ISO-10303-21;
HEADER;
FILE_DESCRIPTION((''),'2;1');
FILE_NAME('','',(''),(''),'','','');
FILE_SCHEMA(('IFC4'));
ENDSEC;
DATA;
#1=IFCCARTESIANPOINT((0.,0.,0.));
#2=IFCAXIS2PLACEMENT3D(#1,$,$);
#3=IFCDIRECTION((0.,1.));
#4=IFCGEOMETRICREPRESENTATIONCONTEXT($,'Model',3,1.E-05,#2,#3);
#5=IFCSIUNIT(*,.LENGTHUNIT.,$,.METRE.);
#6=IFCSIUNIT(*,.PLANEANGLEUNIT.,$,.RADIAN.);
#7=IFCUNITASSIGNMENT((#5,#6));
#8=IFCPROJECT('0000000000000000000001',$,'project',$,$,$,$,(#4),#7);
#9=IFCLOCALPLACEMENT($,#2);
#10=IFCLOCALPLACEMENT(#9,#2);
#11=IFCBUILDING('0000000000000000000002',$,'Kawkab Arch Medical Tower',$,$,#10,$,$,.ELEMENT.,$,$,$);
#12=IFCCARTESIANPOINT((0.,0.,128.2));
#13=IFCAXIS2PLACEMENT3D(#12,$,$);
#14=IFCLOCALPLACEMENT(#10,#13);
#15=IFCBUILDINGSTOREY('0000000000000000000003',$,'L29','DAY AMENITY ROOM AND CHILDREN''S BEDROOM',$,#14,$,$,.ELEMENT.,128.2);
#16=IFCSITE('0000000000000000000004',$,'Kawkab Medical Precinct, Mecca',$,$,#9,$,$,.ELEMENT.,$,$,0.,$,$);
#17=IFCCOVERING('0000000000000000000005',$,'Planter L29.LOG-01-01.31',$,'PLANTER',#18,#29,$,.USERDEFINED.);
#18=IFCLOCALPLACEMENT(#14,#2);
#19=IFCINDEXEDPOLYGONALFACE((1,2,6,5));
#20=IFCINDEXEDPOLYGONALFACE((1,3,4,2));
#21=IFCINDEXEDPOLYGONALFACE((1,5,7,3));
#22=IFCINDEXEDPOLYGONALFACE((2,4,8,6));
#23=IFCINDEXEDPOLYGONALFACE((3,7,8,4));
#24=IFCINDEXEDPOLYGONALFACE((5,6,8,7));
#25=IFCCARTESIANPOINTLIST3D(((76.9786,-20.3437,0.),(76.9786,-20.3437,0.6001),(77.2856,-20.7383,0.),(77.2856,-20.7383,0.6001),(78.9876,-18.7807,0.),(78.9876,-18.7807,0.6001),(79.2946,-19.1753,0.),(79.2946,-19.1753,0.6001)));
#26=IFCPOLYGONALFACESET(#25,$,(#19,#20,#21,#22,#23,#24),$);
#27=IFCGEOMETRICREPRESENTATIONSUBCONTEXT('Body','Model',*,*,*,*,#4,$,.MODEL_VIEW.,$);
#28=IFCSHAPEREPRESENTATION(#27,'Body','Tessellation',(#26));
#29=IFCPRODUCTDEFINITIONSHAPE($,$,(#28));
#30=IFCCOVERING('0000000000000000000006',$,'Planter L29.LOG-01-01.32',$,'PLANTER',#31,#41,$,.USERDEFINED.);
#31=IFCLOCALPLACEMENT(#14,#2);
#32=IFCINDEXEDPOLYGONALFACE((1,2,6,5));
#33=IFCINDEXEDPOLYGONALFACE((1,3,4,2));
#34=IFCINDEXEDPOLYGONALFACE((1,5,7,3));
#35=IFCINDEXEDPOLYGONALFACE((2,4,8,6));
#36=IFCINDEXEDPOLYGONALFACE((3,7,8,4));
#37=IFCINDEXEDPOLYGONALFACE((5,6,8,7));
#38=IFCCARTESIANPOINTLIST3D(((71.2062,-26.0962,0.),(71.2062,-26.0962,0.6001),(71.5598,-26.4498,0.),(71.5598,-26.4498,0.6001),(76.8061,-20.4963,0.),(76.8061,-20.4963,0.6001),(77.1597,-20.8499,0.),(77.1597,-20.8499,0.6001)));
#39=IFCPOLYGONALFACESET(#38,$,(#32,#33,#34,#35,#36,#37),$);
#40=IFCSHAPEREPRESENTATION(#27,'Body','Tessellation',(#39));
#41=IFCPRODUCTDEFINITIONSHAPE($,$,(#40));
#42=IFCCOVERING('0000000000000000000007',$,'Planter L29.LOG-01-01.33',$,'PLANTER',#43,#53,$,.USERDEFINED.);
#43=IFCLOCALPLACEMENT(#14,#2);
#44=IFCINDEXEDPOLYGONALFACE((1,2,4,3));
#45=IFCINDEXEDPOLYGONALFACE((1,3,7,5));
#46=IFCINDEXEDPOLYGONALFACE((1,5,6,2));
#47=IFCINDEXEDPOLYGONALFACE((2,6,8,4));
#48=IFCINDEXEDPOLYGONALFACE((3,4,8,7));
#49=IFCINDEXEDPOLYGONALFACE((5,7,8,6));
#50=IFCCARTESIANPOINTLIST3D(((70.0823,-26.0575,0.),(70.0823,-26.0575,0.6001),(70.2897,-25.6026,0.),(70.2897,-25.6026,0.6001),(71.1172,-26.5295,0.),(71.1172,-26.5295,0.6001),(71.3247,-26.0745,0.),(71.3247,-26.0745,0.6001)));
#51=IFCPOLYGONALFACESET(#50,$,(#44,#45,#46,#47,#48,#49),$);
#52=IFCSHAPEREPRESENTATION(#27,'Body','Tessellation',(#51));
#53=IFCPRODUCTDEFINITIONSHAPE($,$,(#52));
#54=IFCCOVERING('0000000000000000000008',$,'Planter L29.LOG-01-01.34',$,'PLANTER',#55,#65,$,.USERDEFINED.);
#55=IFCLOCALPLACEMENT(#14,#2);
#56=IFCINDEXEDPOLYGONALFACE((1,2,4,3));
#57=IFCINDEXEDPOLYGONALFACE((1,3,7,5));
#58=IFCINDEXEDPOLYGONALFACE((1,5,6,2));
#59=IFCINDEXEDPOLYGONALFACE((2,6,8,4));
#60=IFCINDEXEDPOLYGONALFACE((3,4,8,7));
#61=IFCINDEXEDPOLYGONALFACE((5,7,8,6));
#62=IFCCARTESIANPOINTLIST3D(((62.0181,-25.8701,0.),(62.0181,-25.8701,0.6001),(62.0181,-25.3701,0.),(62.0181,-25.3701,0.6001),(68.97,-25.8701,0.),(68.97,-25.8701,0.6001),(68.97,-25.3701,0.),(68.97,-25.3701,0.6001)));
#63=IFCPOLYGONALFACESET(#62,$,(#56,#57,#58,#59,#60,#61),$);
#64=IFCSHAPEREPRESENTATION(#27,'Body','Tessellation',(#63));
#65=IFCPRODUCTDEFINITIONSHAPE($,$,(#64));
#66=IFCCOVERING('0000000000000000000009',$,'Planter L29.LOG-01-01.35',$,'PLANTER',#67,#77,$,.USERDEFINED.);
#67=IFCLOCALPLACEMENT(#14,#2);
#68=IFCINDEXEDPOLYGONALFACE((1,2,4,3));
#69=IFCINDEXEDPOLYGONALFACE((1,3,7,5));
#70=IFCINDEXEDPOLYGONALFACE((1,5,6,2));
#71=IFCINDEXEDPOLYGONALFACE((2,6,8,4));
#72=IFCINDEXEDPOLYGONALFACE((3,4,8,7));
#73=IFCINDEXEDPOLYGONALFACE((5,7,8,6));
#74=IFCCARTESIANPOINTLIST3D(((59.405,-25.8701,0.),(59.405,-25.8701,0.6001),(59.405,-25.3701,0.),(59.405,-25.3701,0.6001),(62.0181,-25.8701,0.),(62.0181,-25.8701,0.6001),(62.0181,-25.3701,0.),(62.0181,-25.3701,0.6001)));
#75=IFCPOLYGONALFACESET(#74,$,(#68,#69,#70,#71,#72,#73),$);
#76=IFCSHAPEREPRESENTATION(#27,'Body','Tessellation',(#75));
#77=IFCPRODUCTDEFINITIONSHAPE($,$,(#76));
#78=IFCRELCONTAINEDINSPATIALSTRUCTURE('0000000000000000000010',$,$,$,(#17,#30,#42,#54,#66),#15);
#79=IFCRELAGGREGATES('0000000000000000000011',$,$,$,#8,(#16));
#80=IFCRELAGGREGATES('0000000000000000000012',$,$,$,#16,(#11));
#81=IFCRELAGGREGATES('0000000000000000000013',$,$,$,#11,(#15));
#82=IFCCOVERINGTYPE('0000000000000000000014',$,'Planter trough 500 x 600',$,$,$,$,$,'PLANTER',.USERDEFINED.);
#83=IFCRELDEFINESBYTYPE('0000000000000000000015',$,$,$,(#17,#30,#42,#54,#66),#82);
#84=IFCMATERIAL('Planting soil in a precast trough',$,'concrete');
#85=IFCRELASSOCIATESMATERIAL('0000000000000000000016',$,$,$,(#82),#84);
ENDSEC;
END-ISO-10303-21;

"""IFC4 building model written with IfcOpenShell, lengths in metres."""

from ifc_helpers import new_model, si_unit, direction, frame, origin, origin_2d, place, context, subcontext, project, spatial, rectangle, extrude, material, material_profile, profile_set, type_object, element, save


model = new_model("IFC4")

# Units and contexts
model_context = context("Model", 3, precision=1e-05, world=origin(), true_north=direction((0.0, 1.0)))
body_context = subcontext(model_context, "Body", "Model", "MODEL_VIEW")
ifc_project = project(units=[si_unit("LENGTHUNIT", "METRE"), si_unit("PLANEANGLEUNIT", "RADIAN")], contexts=[model_context])

# Site, building, storey
site_placement = place(None, origin())
site = spatial("IfcSite", under=ifc_project, at=site_placement, Name="Kawkab Medical Precinct, Mecca", CompositionType="ELEMENT", RefElevation=0.0)
building_placement = place(site_placement, origin())
building = spatial("IfcBuilding", under=site, at=building_placement, Name="Kawkab Arch Medical Tower", CompositionType="ELEMENT")
storey_placement = place(building_placement, frame((0.0, 0.0, 128.2)))
storey = spatial("IfcBuildingStorey", under=building, at=storey_placement, Name="L29", Description="DAY AMENITY ROOM AND CHILDREN'S BEDROOM", CompositionType="ELEMENT", Elevation=128.2)

# Coverings
ifc_material_1 = material(Name="Planting soil in a precast trough", Category="concrete")
ifc_material_profile_1 = material_profile(ifc_material_1, rectangle(XDim=0.5, YDim=0.6001, at=origin_2d()), Name="Trough 500x600")
ifc_profile_set_1 = profile_set([ifc_material_profile_1], Name="Planting soil in a precast trough")
covering_type_1 = type_object("IfcCoveringType", Name="Planter trough 500 x 600", ElementType="PLANTER", PredefinedType="USERDEFINED", material=ifc_profile_set_1)
covering_1_placement = place(storey_placement, frame((79.1411, -18.978, 0.3), z_axis=(-0.789275, -0.61404, 0.0), x_axis=(0.61404, -0.789275, 0.0)))
element("IfcCovering", 1, at=covering_1_placement, inside=storey, type_object=covering_type_1, Name="Planter L29.LOG-01-01.31", ObjectType="PLANTER", PredefinedType="USERDEFINED", context=body_context, shape_type="SweptSolid", body=[
    extrude(rectangle(XDim=0.5, YDim=0.6001, at=origin_2d()), origin(), (0.0, 0.0, 1.0), 2.5454),
])
covering_2_placement = place(storey_placement, frame((76.9829, -20.6731, 0.3), z_axis=(-0.707107, -0.707107, 0.0), x_axis=(0.707107, -0.707107, 0.0)))
element("IfcCovering", 2, at=covering_2_placement, inside=storey, type_object=covering_type_1, Name="Planter L29.LOG-01-01.32", ObjectType="PLANTER", PredefinedType="USERDEFINED", context=body_context, shape_type="SweptSolid", body=[
    extrude(rectangle(XDim=0.5, YDim=0.6001, at=origin_2d()), origin(), (0.0, 0.0, 1.0), 7.9194),
])
covering_3_placement = place(storey_placement, frame((71.2209, -26.302, 0.3), z_axis=(-0.909866, 0.414902, 0.0), x_axis=(-0.414902, -0.909866, 0.0)))
element("IfcCovering", 3, at=covering_3_placement, inside=storey, type_object=covering_type_1, Name="Planter L29.LOG-01-01.33", ObjectType="PLANTER", PredefinedType="USERDEFINED", context=body_context, shape_type="SweptSolid", body=[
    extrude(rectangle(XDim=0.5, YDim=0.6001, at=origin_2d()), origin(), (0.0, 0.0, 1.0), 1.1375),
])
covering_4_placement = place(storey_placement, frame((68.97, -25.6201, 0.3), z_axis=(-1.0, 0.0, 0.0), x_axis=(0.0, -1.0, 0.0)))
element("IfcCovering", 4, at=covering_4_placement, inside=storey, type_object=covering_type_1, Name="Planter L29.LOG-01-01.34", ObjectType="PLANTER", PredefinedType="USERDEFINED", context=body_context, shape_type="SweptSolid", body=[
    extrude(rectangle(XDim=0.5, YDim=0.6001, at=origin_2d()), origin(), (0.0, 0.0, 1.0), 6.9519),
])
covering_5_placement = place(storey_placement, frame((62.0181, -25.6201, 0.3), z_axis=(-1.0, 0.0, 0.0), x_axis=(0.0, -1.0, 0.0)))
element("IfcCovering", 5, at=covering_5_placement, inside=storey, type_object=covering_type_1, Name="Planter L29.LOG-01-01.35", ObjectType="PLANTER", PredefinedType="USERDEFINED", context=body_context, shape_type="SweptSolid", body=[
    extrude(rectangle(XDim=0.5, YDim=0.6001, at=origin_2d()), origin(), (0.0, 0.0, 1.0), 2.613),
])

save(model, "model.ifc")
